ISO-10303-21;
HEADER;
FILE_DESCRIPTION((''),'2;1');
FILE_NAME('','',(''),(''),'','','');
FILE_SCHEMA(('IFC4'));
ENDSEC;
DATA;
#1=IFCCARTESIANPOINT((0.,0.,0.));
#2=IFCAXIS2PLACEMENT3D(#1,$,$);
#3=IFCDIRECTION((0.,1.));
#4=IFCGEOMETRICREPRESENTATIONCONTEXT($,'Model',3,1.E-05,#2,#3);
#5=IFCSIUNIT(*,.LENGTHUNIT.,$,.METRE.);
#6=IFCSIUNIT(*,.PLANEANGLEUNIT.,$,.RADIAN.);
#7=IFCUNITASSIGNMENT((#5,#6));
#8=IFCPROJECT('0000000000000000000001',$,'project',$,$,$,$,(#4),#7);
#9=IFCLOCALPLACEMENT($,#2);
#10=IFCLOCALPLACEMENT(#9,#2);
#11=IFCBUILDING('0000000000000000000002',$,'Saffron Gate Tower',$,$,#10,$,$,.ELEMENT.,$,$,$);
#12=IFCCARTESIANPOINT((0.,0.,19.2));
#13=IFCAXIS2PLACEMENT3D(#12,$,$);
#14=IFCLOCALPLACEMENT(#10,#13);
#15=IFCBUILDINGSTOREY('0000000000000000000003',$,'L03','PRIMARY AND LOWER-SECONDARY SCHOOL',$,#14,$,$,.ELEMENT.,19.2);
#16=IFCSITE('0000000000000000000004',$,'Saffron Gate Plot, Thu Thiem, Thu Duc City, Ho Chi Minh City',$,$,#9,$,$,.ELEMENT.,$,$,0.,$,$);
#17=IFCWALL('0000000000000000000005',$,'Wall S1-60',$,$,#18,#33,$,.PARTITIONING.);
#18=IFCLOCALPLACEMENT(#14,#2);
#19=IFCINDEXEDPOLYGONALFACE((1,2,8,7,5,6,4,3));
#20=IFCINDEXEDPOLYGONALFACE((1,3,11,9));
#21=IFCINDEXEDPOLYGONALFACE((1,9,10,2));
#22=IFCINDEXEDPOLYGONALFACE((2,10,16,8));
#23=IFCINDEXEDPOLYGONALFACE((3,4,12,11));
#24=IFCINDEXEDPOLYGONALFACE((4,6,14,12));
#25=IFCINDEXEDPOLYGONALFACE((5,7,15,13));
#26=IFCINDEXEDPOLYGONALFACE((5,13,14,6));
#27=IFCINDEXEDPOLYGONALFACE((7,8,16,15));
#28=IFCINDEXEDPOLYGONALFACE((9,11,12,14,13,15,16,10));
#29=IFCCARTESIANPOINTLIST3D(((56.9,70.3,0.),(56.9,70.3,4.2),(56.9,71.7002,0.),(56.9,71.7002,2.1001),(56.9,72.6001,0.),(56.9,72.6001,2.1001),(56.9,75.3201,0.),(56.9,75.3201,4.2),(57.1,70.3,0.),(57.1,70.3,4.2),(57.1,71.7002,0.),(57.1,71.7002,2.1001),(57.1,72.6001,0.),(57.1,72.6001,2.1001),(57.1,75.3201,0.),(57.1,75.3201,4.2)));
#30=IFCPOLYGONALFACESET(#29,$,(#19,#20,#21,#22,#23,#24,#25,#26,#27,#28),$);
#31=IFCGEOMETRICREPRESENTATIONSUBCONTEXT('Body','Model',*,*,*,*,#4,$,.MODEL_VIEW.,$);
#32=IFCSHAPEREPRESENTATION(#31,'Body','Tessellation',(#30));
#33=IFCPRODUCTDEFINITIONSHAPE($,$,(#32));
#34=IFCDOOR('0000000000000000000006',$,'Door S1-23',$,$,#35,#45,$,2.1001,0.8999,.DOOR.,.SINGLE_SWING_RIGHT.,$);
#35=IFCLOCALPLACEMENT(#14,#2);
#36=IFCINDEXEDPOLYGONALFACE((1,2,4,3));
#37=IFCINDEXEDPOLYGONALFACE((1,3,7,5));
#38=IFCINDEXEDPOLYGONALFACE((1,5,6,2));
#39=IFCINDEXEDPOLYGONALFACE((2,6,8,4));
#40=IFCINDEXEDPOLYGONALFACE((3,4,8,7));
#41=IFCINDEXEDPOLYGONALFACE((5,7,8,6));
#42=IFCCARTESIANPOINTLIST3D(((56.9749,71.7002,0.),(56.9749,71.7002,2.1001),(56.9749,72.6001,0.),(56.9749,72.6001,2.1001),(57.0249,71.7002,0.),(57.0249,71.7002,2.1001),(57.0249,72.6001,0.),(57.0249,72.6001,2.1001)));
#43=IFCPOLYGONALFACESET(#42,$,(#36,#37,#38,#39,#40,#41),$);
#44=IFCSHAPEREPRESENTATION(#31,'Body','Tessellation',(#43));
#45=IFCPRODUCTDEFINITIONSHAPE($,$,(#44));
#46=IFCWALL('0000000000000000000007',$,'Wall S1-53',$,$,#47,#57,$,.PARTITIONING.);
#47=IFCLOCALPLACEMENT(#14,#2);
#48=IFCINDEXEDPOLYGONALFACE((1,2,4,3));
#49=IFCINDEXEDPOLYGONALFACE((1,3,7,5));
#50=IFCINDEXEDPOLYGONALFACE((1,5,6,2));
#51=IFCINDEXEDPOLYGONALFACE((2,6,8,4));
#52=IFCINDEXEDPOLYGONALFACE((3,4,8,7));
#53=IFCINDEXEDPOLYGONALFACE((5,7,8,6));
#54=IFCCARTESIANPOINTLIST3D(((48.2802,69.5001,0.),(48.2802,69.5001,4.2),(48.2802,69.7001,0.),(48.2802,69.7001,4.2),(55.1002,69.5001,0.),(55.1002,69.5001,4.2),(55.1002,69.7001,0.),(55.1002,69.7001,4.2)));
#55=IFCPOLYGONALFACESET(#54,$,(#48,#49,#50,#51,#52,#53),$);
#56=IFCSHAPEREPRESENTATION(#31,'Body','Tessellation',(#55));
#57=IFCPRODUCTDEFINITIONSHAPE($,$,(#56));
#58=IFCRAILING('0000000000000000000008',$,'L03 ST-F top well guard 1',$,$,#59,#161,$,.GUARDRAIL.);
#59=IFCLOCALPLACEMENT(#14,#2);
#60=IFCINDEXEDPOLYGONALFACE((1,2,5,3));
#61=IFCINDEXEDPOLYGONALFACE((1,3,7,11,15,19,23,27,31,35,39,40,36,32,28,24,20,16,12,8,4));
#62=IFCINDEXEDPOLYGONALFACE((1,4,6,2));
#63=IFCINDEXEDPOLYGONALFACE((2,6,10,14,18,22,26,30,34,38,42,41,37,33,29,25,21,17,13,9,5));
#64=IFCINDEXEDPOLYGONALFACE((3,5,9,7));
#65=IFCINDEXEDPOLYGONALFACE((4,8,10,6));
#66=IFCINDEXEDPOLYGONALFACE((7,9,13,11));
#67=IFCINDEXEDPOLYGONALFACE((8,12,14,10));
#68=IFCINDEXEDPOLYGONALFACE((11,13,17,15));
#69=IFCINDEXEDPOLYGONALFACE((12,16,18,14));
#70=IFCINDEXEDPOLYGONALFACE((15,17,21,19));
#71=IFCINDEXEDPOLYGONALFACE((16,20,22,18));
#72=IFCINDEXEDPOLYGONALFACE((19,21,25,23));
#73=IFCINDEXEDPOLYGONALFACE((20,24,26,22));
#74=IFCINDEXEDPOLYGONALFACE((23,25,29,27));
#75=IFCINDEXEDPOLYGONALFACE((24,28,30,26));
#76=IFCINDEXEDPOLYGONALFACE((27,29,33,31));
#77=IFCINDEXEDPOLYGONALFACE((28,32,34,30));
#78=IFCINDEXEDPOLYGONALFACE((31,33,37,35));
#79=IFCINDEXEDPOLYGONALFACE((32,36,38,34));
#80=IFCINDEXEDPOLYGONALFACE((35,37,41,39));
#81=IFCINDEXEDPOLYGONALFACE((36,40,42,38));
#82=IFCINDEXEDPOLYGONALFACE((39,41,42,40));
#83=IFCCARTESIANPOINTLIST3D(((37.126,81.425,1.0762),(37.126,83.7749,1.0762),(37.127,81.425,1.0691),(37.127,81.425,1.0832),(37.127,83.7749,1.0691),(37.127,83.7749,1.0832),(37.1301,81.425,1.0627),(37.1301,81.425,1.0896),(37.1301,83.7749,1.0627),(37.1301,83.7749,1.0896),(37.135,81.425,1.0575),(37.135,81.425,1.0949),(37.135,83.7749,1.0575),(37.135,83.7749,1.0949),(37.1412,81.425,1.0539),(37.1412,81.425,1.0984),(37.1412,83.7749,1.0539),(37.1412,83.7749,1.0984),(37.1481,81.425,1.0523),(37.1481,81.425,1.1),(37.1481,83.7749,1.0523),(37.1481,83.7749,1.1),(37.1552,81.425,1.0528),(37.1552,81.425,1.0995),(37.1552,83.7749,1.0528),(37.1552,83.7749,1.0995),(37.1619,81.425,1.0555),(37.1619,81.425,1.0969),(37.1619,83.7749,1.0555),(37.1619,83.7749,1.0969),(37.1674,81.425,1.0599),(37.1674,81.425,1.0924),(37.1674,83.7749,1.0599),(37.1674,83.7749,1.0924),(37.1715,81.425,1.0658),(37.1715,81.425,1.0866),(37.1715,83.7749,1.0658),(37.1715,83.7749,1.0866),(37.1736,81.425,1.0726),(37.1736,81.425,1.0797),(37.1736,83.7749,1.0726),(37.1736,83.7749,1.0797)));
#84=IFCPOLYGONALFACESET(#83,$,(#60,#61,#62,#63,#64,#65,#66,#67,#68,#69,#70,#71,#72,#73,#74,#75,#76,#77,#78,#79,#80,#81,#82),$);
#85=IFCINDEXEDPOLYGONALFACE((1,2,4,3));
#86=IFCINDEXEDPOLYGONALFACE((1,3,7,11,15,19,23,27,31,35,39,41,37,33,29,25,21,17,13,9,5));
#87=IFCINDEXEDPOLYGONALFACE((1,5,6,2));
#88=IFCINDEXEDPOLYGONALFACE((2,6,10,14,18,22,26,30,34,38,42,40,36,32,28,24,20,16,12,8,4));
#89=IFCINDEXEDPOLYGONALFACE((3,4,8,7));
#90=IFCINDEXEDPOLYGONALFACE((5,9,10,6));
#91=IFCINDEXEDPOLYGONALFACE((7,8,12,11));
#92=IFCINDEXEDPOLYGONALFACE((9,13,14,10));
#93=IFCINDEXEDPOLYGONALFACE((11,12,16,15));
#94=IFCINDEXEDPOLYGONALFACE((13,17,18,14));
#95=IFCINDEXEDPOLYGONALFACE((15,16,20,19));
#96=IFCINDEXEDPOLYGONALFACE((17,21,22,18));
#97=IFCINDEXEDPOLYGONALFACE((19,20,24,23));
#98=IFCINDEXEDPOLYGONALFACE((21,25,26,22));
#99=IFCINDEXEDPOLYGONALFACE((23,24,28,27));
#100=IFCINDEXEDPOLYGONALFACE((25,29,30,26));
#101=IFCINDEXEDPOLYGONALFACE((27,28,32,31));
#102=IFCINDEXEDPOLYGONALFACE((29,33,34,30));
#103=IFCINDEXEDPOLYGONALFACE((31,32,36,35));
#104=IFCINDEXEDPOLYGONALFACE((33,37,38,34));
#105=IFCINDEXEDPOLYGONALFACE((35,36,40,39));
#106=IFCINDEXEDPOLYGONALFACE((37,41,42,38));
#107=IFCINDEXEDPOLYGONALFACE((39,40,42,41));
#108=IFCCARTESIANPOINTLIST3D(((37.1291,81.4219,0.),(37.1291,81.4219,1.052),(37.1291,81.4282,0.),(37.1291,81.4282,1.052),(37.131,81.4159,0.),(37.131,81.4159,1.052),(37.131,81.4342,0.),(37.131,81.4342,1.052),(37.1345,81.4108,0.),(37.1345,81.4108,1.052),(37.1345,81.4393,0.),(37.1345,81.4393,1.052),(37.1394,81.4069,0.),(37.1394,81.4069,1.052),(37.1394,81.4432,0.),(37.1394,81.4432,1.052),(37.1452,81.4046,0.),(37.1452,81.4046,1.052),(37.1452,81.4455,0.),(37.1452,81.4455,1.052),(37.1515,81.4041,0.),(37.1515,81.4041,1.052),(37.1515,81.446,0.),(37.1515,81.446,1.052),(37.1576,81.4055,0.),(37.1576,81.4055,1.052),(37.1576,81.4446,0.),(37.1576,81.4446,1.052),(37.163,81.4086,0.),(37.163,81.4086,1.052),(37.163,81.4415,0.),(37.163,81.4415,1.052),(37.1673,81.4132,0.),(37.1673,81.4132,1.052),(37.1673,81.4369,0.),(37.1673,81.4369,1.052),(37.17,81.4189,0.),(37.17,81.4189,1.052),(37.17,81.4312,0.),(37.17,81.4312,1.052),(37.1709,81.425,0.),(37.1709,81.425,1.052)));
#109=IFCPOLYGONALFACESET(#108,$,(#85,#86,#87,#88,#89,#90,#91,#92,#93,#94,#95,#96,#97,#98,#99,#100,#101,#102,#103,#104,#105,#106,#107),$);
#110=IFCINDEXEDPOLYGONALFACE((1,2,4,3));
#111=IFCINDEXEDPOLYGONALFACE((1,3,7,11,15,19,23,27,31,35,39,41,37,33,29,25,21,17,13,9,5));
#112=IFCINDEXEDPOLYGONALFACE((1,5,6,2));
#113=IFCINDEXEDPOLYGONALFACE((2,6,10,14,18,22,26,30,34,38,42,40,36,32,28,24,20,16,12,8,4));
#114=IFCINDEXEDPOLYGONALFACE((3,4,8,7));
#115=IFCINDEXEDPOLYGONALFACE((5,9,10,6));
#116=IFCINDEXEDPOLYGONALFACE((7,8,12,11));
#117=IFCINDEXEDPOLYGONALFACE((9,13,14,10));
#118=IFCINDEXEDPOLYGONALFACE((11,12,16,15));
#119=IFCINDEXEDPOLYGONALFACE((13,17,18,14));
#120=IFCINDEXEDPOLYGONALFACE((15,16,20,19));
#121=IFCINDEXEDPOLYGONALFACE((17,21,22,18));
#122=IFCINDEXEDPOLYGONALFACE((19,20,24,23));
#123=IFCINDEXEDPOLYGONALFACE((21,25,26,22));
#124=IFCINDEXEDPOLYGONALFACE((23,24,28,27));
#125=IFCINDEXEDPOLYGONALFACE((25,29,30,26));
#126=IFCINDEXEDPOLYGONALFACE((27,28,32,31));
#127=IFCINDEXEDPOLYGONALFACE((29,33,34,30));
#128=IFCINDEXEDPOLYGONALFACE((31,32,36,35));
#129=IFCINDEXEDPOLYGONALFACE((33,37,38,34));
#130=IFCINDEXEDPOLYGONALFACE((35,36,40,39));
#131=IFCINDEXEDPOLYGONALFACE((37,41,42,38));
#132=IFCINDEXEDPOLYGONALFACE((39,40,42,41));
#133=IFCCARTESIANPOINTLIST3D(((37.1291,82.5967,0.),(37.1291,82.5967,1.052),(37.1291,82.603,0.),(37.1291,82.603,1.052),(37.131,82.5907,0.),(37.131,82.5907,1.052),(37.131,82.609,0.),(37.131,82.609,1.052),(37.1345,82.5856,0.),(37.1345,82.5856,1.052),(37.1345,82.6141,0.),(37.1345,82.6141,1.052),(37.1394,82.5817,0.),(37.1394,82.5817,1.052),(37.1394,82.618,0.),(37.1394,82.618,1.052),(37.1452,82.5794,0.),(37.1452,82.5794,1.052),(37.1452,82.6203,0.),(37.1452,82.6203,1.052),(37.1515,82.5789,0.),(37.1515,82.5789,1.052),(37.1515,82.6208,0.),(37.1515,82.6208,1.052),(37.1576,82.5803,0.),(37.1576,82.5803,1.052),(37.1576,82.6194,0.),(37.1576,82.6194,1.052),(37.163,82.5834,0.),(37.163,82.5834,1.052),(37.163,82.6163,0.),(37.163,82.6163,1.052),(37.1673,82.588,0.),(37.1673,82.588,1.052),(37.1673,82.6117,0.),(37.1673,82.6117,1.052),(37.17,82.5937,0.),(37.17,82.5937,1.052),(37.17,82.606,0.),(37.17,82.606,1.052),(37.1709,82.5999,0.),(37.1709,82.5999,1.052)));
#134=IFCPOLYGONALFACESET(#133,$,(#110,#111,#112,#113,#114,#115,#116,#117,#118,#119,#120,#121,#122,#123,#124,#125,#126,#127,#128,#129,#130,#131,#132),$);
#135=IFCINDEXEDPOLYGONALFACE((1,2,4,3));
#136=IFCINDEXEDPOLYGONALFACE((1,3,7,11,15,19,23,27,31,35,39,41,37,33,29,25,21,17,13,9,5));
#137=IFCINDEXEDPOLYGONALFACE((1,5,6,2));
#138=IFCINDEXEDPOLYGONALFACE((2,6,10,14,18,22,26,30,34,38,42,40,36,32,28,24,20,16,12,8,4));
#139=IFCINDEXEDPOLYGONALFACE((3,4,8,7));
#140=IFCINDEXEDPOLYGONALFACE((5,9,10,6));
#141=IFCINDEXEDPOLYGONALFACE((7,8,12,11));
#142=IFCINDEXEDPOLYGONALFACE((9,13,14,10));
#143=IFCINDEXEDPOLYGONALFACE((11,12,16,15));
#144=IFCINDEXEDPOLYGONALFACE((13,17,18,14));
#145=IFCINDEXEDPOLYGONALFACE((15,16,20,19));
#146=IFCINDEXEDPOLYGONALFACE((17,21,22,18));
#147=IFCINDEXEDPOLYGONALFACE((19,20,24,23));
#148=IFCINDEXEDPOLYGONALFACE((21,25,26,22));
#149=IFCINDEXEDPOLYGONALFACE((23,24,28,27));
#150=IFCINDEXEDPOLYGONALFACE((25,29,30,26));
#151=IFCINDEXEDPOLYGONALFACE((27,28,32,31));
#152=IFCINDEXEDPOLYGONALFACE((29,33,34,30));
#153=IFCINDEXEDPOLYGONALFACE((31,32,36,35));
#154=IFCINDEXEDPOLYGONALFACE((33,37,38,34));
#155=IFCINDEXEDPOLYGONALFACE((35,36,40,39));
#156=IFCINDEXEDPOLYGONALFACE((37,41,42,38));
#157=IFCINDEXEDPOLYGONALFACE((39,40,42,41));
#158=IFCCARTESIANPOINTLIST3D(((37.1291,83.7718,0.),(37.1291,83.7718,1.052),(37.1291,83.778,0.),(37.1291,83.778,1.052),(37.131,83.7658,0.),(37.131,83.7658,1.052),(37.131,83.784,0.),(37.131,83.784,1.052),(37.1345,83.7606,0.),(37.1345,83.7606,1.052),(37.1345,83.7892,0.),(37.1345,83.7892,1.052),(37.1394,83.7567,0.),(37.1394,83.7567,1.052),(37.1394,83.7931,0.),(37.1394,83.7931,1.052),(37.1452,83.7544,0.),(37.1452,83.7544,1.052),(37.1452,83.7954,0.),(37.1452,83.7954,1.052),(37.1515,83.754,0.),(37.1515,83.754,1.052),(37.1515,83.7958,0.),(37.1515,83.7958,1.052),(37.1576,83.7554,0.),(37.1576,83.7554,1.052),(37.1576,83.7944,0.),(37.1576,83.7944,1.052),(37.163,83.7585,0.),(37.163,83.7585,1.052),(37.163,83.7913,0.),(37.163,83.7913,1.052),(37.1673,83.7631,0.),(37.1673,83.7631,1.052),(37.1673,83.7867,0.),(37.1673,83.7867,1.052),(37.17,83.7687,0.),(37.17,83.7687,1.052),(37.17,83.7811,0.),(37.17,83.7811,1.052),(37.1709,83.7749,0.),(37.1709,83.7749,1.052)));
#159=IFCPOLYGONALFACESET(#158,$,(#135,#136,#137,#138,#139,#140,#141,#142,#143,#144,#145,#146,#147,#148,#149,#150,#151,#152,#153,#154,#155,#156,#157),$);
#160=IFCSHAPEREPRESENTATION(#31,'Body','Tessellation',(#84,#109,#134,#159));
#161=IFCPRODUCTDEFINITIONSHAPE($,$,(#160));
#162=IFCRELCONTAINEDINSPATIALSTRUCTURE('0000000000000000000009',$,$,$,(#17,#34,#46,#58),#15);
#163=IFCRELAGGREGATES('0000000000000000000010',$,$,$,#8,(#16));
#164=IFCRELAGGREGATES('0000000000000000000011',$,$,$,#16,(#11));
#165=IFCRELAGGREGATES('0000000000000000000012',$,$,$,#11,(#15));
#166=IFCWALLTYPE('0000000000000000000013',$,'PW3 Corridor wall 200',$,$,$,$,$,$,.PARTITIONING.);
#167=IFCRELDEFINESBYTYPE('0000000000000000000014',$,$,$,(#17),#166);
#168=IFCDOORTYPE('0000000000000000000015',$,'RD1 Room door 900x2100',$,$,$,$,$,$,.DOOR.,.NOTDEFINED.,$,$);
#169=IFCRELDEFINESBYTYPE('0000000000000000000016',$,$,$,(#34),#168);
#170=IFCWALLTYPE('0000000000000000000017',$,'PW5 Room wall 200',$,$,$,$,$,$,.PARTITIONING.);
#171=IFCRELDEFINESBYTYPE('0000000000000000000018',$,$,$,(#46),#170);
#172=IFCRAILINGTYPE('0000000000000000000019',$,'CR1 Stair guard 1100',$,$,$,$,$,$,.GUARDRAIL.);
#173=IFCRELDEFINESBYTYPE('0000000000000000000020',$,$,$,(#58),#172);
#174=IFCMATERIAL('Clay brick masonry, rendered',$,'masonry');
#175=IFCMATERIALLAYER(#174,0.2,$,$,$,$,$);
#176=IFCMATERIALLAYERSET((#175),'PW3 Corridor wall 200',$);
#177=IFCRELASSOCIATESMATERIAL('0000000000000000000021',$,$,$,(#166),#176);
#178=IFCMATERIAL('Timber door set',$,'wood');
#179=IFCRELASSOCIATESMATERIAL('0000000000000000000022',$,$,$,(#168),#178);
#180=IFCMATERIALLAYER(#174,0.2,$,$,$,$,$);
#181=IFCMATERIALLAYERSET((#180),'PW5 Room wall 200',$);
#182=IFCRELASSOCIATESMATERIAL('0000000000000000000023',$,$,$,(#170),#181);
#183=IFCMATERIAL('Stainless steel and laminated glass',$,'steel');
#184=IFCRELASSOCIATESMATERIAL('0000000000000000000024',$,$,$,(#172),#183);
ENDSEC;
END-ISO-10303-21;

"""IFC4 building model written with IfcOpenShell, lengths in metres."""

from ifc_helpers import new_model, si_unit, direction, frame, frame_2d, origin, origin_2d, place, context, subcontext, project, spatial, rectangle, circle, extrude, material, layer, layer_set, type_object, element, fill, save


model = new_model("IFC4")

# Units and contexts
model_context = context("Model", 3, precision=1e-05, world=origin(), true_north=direction((0.0, 1.0)))
body_context = subcontext(model_context, "Body", "Model", "MODEL_VIEW")
ifc_project = project(units=[si_unit("LENGTHUNIT", "METRE"), si_unit("PLANEANGLEUNIT", "RADIAN")], contexts=[model_context])

# Site, building, storey
site_placement = place(None, origin())
site = spatial("IfcSite", under=ifc_project, at=site_placement, Name="Saffron Gate Plot, Thu Thiem, Thu Duc City, Ho Chi Minh City", CompositionType="ELEMENT", RefElevation=0.0)
building_placement = place(site_placement, origin())
building = spatial("IfcBuilding", under=site, at=building_placement, Name="Saffron Gate Tower", CompositionType="ELEMENT")
storey_placement = place(building_placement, frame((0.0, 0.0, 19.2)))
storey = spatial("IfcBuildingStorey", under=building, at=storey_placement, Name="L03", Description="PRIMARY AND LOWER-SECONDARY SCHOOL", CompositionType="ELEMENT", Elevation=19.2)

# Shared definitions
ifc_material_1 = material(Name="Clay brick masonry, rendered", Category="masonry")
ifc_layer_1 = layer(ifc_material_1, 0.2)
ifc_layer_set_1 = layer_set([ifc_layer_1], Name="PW3 Corridor wall 200")
wall_type_1 = type_object("IfcWallType", Name="PW3 Corridor wall 200", PredefinedType="PARTITIONING", material=ifc_layer_set_1)

# Wall, opening, door
ifc_material_2 = material(Name="Timber door set", Category="wood")
door_type_1 = type_object("IfcDoorType", Name="RD1 Room door 900x2100", OperationType="NOTDEFINED", PredefinedType="DOOR", material=ifc_material_2)
wall_1_placement = place(storey_placement, frame((57.0, 75.3201, 0.0), z_axis=(0.0, 0.0, 1.0), x_axis=(0.0, -1.0, 0.0)))
wall_1 = element("IfcWall", 1, at=wall_1_placement, inside=storey, type_object=wall_type_1, Name="Wall S1-60", PredefinedType="PARTITIONING", context=body_context, shape_type="SweptSolid", body=[
    extrude(rectangle(XDim=5.02, YDim=0.2, at=frame_2d((2.51, 0.0))), origin(), (0.0, 0.0, 1.0), 4.2),
])
opening_1_placement = place(wall_1_placement, frame((2.72, 0.0, 0.0)))
opening_1 = element("IfcOpeningElement", 2, at=opening_1_placement, cuts=wall_1, PredefinedType="OPENING", context=body_context, shape_type="SweptSolid", body=[
    extrude(rectangle(XDim=0.8999, YDim=2.1001, at=frame_2d((0.45, 1.05))), frame((0.0, 0.1099, 0.0), z_axis=(0.0, -1.0, 0.0), x_axis=(1.0, 0.0, 0.0)), (0.0, 0.0, 1.0), 0.22),
])
door_1_placement = place(opening_1_placement, origin())
door_1 = element("IfcDoor", 3, at=door_1_placement, inside=storey, type_object=door_type_1, Name="Door S1-23", OperationType="SINGLE_SWING_RIGHT", OverallHeight=2.1001, OverallWidth=0.8999, PredefinedType="DOOR", context=body_context, shape_type="SweptSolid", body=[
    extrude(rectangle(XDim=0.8999, YDim=2.1001, at=frame_2d((0.45, 1.05))), frame((0.0, 0.0249, 0.0), z_axis=(0.0, -1.0, 0.0), x_axis=(1.0, 0.0, 0.0)), (0.0, 0.0, 1.0), 0.05),
])
fill(opening_1, door_1)

# Wall
ifc_layer_2 = layer(ifc_material_1, 0.2)
ifc_layer_set_2 = layer_set([ifc_layer_2], Name="PW5 Room wall 200")
wall_type_2 = type_object("IfcWallType", Name="PW5 Room wall 200", PredefinedType="PARTITIONING", material=ifc_layer_set_2)
wall_2_placement = place(storey_placement, frame((48.28, 69.6001, 0.0), z_axis=(0.0, 0.0, 1.0), x_axis=(1.0, 0.0, 0.0)))
element("IfcWall", 4, at=wall_2_placement, inside=storey, type_object=wall_type_2, Name="Wall S1-53", PredefinedType="PARTITIONING", context=body_context, shape_type="SweptSolid", body=[
    extrude(rectangle(XDim=6.8201, YDim=0.2, at=frame_2d((3.4102, 0.0))), origin(), (0.0, 0.0, 1.0), 4.2),
])

# Railing
ifc_material_3 = material(Name="Stainless steel and laminated glass", Category="steel")
railing_type = type_object("IfcRailingType", Name="CR1 Stair guard 1100", PredefinedType="GUARDRAIL", material=ifc_material_3)
railing_1_placement = place(storey_placement, frame((37.1499, 81.425, 0.0)))
element("IfcRailing", 5, at=railing_1_placement, inside=storey, type_object=railing_type, Name="L03 ST-F top well guard 1", PredefinedType="GUARDRAIL", context=body_context, shape_type="SweptSolid", body=[
    extrude(circle(Radius=0.0239, at=origin_2d()), frame((0.0, 0.0, 1.0762), z_axis=(0.0, 1.0, 0.0), x_axis=(-1.0, 0.0, 0.0)), (0.0, 0.0, 1.0), 2.3499),
    extrude(circle(Radius=0.021, at=origin_2d()), origin(), (0.0, 0.0, 1.0), 1.052),
    extrude(circle(Radius=0.021, at=origin_2d()), frame((0.0, 1.1748, 0.0)), (0.0, 0.0, 1.0), 1.052),
    extrude(circle(Radius=0.021, at=origin_2d()), frame((0.0, 2.3499, 0.0)), (0.0, 0.0, 1.0), 1.052),
])

save(model, "model.ifc")
